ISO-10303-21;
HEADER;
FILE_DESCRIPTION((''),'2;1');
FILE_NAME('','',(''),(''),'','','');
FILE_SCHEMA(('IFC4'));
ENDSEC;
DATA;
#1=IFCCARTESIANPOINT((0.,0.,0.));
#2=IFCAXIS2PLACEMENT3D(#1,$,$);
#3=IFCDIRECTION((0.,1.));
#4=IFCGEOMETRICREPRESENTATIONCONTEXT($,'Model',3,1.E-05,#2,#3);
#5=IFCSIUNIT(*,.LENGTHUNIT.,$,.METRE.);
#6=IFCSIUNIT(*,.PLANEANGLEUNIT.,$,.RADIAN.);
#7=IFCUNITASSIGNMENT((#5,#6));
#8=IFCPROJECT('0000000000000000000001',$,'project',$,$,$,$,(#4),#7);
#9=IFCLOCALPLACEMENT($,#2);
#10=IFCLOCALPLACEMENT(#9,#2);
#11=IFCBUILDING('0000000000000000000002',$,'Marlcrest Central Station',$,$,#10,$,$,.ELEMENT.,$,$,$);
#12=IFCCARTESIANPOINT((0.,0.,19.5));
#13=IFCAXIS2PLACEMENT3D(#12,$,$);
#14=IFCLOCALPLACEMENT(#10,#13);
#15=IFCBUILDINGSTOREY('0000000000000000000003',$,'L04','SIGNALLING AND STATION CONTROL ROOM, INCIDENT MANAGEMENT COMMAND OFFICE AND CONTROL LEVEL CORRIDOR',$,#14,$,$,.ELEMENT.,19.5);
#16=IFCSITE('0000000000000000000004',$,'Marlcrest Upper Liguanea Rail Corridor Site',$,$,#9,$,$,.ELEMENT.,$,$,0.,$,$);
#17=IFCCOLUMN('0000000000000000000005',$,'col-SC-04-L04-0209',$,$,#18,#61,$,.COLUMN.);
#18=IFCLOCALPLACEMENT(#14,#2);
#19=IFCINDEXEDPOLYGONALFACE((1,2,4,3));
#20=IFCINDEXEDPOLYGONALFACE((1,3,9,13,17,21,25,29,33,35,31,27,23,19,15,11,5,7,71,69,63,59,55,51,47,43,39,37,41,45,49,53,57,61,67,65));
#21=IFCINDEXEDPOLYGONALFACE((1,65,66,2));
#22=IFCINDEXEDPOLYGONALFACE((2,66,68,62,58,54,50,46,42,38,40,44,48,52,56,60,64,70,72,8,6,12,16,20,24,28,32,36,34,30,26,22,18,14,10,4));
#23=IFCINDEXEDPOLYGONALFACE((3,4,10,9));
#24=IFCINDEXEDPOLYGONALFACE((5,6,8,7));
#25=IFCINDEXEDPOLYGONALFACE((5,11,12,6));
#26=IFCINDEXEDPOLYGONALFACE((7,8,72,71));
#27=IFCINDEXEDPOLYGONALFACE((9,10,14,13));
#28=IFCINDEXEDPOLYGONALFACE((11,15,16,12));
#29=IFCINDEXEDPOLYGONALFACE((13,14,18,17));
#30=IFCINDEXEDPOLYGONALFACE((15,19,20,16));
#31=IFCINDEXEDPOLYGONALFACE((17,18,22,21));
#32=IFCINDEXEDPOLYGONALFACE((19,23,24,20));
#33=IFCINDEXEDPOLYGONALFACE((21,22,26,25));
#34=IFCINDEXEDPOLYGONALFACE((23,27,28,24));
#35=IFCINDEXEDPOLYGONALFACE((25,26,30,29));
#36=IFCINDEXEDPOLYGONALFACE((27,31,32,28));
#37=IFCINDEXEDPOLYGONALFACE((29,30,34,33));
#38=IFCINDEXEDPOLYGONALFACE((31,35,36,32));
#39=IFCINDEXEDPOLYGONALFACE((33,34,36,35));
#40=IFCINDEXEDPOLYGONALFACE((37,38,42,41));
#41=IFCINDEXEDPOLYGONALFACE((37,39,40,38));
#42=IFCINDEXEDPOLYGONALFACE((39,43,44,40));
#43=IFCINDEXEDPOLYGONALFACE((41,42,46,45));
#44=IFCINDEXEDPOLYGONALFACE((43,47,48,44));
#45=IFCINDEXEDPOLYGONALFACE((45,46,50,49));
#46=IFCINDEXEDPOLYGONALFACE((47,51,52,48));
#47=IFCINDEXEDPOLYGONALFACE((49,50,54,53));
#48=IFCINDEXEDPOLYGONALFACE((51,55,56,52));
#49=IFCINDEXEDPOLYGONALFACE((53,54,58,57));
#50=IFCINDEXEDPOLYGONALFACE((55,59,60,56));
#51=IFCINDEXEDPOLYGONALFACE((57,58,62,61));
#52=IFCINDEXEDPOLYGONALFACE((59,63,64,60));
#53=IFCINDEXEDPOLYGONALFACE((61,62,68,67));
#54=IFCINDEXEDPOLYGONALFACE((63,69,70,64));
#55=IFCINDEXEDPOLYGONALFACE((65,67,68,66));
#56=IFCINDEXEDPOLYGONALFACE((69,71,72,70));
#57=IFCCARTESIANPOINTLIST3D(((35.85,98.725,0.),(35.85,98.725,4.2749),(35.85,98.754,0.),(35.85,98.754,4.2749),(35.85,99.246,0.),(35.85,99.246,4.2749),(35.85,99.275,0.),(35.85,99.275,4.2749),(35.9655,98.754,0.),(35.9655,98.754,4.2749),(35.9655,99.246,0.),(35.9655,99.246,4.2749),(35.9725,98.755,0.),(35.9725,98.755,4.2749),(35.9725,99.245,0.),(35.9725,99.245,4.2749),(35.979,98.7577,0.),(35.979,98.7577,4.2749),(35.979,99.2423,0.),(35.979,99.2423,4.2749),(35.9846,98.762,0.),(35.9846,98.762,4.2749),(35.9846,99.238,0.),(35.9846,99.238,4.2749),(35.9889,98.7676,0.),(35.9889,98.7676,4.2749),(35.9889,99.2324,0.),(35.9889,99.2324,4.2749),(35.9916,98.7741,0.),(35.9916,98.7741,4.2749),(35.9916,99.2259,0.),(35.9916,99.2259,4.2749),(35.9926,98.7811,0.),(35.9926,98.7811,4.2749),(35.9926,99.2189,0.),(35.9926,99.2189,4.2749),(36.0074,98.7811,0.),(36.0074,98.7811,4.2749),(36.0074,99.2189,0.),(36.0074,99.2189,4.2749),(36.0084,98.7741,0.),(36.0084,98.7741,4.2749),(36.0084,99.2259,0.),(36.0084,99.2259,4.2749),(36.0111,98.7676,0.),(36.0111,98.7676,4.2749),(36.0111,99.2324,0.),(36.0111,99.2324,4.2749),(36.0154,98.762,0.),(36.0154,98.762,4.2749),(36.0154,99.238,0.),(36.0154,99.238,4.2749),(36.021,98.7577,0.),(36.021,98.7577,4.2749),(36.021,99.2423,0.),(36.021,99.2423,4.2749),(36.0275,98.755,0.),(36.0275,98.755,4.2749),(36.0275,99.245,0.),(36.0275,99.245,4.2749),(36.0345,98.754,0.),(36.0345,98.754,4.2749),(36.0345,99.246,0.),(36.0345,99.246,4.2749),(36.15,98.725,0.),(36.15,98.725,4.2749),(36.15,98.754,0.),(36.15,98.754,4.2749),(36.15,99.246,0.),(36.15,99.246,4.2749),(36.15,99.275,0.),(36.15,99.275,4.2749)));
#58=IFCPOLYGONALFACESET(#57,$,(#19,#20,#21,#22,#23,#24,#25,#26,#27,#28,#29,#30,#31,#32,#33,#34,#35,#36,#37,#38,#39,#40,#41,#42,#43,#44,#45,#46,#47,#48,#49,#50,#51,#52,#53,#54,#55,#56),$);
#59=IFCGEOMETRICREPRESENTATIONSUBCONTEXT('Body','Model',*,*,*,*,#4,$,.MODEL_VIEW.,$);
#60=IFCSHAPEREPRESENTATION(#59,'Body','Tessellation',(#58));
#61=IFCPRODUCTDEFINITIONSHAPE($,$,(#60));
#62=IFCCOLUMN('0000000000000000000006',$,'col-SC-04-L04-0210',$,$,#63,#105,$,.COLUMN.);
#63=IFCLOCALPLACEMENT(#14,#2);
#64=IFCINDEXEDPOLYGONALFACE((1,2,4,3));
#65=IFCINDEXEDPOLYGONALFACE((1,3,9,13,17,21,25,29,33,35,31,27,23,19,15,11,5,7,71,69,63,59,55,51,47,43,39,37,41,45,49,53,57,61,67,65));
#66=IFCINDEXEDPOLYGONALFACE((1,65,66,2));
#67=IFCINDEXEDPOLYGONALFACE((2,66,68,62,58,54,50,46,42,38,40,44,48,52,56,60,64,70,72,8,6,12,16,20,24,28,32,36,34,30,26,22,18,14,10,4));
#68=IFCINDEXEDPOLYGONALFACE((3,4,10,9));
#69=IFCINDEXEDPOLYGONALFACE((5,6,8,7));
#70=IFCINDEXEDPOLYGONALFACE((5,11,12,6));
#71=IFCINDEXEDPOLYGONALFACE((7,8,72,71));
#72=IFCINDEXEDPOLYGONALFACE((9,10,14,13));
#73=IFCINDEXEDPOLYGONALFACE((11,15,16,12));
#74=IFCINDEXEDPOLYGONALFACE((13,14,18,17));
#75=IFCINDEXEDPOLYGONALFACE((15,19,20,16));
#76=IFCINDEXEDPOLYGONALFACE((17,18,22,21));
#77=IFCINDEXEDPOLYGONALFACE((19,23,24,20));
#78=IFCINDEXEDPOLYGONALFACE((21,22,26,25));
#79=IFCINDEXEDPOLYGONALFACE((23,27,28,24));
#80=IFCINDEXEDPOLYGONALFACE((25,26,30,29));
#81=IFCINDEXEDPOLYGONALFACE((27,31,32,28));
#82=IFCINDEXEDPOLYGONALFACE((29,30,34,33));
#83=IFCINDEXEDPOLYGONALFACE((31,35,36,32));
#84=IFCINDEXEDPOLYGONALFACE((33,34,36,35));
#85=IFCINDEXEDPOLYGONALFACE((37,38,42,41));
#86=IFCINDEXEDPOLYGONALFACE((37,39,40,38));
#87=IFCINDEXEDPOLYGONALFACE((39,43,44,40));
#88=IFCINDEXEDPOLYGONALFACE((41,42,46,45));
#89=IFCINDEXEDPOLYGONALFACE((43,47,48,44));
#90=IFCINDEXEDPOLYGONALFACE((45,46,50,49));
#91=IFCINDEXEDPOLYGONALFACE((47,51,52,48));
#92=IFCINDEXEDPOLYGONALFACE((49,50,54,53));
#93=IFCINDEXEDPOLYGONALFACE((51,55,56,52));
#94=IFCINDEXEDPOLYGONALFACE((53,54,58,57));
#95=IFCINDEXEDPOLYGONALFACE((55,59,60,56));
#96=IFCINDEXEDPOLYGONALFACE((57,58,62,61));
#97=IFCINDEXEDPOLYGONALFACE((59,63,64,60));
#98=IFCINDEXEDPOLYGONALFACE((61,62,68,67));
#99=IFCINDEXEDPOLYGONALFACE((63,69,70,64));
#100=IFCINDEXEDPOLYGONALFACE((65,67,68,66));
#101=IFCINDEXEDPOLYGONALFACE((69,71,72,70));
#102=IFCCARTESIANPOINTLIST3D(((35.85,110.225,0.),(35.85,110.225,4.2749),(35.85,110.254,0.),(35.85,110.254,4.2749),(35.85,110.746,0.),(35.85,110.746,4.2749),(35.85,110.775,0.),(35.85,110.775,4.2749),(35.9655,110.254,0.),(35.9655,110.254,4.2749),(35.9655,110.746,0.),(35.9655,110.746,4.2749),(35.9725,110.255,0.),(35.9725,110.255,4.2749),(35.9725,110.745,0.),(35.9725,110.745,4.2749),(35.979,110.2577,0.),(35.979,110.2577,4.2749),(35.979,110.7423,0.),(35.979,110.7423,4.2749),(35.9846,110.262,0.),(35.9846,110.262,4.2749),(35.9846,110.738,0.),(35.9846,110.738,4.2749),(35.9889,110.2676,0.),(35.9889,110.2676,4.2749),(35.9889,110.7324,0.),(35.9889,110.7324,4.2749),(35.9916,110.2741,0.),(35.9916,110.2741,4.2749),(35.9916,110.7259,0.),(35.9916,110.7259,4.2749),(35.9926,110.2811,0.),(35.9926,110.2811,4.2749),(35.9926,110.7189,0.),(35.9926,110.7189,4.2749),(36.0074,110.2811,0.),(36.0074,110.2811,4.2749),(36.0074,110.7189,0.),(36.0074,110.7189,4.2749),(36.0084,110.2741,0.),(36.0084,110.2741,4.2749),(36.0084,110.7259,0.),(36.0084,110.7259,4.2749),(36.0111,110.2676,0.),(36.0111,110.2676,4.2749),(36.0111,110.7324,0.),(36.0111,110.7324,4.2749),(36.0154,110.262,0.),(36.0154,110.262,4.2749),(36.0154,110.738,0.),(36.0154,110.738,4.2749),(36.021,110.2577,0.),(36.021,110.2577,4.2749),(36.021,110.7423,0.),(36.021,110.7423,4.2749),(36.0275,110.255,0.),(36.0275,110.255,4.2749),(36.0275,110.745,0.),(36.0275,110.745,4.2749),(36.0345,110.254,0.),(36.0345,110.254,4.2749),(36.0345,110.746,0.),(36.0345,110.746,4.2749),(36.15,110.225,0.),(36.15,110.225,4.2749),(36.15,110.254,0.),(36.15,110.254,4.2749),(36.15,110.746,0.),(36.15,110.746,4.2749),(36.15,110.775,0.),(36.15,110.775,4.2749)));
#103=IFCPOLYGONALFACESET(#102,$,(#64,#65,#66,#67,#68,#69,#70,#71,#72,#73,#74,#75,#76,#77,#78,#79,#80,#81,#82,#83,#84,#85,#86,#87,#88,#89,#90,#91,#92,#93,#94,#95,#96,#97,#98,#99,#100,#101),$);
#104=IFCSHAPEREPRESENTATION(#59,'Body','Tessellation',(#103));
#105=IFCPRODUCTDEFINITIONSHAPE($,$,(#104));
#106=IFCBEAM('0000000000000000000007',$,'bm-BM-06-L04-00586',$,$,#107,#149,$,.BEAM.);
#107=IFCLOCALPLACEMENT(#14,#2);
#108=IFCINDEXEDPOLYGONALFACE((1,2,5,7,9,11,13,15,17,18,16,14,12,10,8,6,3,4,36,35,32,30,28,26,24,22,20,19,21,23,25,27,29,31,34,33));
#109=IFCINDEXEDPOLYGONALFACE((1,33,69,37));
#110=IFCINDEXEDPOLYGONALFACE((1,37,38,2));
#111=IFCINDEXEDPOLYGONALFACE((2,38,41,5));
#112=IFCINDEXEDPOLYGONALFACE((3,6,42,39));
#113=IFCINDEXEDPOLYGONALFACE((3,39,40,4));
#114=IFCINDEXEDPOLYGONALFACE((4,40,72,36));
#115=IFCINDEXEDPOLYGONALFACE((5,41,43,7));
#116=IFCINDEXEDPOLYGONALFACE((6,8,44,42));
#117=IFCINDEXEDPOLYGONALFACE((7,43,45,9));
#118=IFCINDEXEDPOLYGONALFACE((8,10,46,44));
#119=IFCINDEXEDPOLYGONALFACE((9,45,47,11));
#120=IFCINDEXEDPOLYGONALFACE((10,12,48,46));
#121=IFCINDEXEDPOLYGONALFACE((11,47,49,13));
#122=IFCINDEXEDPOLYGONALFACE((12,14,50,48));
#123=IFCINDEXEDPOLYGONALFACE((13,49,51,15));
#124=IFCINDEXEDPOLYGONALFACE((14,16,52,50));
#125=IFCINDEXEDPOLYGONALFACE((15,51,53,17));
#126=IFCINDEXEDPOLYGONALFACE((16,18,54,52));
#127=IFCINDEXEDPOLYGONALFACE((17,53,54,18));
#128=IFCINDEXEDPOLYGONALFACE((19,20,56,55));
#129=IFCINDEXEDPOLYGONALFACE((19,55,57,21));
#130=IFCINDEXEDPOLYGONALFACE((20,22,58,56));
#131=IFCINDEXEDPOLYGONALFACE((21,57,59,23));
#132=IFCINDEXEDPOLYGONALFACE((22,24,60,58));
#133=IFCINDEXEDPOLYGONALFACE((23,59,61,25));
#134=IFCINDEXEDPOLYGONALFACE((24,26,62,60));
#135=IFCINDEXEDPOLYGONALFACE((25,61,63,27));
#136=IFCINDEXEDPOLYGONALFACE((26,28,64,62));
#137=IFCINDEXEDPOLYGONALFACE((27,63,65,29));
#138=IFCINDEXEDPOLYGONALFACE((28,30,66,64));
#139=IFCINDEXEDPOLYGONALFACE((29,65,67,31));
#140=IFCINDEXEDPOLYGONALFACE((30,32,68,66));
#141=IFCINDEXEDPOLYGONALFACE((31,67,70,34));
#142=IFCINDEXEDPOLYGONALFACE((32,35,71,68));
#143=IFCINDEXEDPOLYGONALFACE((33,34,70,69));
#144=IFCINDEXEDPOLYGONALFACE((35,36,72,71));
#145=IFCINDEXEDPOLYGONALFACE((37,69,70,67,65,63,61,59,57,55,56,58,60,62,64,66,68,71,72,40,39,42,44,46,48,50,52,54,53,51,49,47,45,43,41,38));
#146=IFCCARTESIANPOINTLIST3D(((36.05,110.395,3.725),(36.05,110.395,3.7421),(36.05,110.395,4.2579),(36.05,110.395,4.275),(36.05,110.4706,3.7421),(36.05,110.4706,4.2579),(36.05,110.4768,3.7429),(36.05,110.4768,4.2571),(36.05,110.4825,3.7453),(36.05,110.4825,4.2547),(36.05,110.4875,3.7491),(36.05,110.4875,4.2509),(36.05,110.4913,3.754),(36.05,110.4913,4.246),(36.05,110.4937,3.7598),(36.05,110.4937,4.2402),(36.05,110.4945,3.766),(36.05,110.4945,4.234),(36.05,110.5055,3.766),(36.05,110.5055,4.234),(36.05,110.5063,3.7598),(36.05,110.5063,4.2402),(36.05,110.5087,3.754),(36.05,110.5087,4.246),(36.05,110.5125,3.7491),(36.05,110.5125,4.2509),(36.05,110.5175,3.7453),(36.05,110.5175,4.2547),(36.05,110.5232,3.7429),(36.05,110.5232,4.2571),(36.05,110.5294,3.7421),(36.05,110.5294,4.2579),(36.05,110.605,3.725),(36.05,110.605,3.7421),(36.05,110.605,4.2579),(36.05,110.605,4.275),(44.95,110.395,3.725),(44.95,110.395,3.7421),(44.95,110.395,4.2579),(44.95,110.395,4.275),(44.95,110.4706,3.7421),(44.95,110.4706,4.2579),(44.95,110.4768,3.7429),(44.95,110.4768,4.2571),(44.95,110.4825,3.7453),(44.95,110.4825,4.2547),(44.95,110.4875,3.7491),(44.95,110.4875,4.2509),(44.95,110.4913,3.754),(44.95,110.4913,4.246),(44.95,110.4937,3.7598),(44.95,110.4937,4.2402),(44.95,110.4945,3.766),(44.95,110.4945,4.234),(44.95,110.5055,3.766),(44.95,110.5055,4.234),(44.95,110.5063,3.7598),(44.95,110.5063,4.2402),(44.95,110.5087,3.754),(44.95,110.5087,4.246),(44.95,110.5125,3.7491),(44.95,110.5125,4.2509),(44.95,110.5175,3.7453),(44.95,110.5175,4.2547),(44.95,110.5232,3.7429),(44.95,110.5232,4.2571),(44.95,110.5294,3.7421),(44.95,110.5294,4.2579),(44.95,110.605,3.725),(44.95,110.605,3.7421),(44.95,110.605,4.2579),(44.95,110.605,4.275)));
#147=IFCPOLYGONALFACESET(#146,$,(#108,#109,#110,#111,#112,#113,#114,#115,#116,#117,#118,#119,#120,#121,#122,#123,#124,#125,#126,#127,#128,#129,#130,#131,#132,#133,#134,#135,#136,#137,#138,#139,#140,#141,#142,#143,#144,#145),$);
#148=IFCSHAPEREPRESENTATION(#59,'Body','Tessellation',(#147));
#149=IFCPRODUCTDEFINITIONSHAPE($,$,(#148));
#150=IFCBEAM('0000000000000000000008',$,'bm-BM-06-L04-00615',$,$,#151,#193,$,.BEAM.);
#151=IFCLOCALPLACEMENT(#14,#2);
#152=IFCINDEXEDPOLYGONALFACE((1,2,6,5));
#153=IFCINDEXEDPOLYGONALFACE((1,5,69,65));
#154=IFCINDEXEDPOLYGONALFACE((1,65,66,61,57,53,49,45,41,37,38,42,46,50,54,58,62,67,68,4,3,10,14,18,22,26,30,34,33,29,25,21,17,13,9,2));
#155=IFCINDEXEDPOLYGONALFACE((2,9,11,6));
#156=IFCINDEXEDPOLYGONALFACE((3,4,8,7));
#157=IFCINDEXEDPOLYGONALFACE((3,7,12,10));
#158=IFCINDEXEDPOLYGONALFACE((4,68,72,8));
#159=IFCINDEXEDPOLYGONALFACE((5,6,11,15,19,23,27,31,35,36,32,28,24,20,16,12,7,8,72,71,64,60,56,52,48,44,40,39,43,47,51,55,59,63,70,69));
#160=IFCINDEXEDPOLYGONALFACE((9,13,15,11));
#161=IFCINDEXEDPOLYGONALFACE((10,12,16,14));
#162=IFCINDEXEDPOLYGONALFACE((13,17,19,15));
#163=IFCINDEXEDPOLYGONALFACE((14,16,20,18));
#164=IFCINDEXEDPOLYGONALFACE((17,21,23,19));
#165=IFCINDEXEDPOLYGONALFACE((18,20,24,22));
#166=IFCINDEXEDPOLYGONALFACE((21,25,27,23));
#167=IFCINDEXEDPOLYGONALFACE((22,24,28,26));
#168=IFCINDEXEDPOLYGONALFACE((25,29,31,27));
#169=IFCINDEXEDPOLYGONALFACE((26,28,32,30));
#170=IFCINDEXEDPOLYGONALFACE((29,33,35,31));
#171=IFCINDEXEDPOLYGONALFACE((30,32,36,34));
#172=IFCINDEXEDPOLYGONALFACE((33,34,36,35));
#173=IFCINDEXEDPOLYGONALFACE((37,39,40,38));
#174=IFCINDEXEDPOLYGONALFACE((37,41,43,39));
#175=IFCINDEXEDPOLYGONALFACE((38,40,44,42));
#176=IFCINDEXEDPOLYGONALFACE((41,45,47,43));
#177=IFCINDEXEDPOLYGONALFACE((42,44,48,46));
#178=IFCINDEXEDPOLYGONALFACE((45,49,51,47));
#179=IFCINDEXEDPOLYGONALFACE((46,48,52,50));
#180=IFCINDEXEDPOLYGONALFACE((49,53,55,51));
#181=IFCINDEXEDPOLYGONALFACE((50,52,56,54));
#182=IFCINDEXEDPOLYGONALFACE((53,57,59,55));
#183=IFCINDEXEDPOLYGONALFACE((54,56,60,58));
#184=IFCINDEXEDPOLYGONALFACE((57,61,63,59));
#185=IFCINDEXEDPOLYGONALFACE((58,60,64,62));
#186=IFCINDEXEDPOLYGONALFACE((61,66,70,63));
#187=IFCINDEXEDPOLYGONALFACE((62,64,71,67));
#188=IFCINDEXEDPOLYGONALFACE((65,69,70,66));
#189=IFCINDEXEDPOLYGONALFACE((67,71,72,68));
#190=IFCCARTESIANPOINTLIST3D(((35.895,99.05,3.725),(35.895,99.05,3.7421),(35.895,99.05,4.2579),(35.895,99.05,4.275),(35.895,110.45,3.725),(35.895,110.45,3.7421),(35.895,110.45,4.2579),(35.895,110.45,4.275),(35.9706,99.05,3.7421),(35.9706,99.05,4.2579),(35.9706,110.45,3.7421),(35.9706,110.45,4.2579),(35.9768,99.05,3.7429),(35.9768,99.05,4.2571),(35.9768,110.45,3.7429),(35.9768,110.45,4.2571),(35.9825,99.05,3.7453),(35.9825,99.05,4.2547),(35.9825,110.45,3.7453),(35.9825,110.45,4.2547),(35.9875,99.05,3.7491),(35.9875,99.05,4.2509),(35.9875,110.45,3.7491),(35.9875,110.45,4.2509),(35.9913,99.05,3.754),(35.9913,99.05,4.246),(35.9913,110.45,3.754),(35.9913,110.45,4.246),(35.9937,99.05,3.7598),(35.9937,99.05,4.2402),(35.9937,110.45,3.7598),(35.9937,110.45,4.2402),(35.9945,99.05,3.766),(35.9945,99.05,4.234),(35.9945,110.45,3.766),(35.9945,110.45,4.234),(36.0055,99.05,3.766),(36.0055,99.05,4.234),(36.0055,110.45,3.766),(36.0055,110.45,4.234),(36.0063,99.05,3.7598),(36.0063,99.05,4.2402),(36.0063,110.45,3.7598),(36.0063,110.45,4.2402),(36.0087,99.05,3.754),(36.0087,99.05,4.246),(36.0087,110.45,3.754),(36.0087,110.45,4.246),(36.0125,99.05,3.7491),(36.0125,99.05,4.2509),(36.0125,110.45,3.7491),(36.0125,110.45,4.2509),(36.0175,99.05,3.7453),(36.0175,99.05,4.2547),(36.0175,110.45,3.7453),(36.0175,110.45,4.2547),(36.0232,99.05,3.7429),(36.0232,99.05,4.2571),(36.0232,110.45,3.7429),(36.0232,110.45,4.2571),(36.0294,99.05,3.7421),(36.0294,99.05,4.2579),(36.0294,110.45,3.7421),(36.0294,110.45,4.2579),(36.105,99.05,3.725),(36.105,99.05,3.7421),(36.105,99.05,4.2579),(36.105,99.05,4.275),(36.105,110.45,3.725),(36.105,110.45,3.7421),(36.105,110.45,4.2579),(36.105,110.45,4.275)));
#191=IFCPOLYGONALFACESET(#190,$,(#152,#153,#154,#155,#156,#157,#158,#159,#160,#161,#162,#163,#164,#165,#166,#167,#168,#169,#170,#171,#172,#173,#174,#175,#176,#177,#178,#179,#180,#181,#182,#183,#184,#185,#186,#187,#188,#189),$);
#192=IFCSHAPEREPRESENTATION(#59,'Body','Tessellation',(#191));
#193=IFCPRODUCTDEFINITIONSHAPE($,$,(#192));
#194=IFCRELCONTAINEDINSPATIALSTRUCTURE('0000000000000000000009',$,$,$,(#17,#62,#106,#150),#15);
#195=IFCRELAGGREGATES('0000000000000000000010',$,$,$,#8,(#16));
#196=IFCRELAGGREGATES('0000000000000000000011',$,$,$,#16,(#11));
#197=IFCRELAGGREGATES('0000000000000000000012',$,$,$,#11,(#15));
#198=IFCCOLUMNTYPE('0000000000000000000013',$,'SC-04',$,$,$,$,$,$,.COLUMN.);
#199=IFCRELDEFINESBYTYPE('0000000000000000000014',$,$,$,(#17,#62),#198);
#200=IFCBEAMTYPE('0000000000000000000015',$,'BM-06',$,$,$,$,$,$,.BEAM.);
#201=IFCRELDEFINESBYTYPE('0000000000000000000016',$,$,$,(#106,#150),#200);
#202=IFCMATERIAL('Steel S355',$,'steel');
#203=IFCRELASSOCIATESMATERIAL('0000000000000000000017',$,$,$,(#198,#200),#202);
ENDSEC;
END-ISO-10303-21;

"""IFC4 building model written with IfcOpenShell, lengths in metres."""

from ifc_helpers import new_model, si_unit, direction, frame, origin, origin_2d, place, context, subcontext, project, spatial, i_section, extrude, material, material_profile, profile_set, type_object, element, save


model = new_model("IFC4")

# Units and contexts
model_context = context("Model", 3, precision=1e-05, world=origin(), true_north=direction((0.0, 1.0)))
body_context = subcontext(model_context, "Body", "Model", "MODEL_VIEW")
ifc_project = project(units=[si_unit("LENGTHUNIT", "METRE"), si_unit("PLANEANGLEUNIT", "RADIAN")], contexts=[model_context])

# Site, building, storey
site_placement = place(None, origin())
site = spatial("IfcSite", under=ifc_project, at=site_placement, Name="Marlcrest Upper Liguanea Rail Corridor Site", CompositionType="ELEMENT", RefElevation=0.0)
building_placement = place(site_placement, origin())
building = spatial("IfcBuilding", under=site, at=building_placement, Name="Marlcrest Central Station", CompositionType="ELEMENT")
storey_placement = place(building_placement, frame((0.0, 0.0, 19.5)))
storey = spatial("IfcBuildingStorey", under=building, at=storey_placement, Name="L04", Description="SIGNALLING AND STATION CONTROL ROOM, INCIDENT MANAGEMENT COMMAND OFFICE AND CONTROL LEVEL CORRIDOR", CompositionType="ELEMENT", Elevation=19.5)

# Columns
ifc_material_1 = material(Name="Steel S355", Category="steel")
ifc_material_profile_1 = material_profile(ifc_material_1, i_section(OverallWidth=0.3, OverallDepth=0.55, WebThickness=0.0149, FlangeThickness=0.0291, FilletRadius=0.0271, at=origin_2d()), Name="HEB 550")
ifc_profile_set_1 = profile_set([ifc_material_profile_1], Name="Steel S355")
column_type = type_object("IfcColumnType", Name="SC-04", PredefinedType="COLUMN", material=ifc_profile_set_1)
for number, where, z_axis, x_axis, name in (
    (1, (36.0, 99.0, 0.0), (0.0, 0.0, 1.0), (1.0, 0.0, 0.0), "col-SC-04-L04-0209"),
    (2, (36.0, 110.5, 0.0), (0.0, 0.0, 1.0), (1.0, 0.0, 0.0), "col-SC-04-L04-0210"),
):
    element("IfcColumn", number, at=place(storey_placement, frame(where, z_axis=z_axis, x_axis=x_axis)), inside=storey, type_object=column_type, Name=name, PredefinedType="COLUMN", context=body_context, shape_type="SweptSolid", body=[
        extrude(i_section(OverallWidth=0.3, OverallDepth=0.55, WebThickness=0.0149, FlangeThickness=0.0291, FilletRadius=0.0271, at=origin_2d()), origin(), (0.0, 0.0, 1.0), 4.2749),
    ])

# Beams
ifc_material_profile_2 = material_profile(ifc_material_1, i_section(OverallWidth=0.21, OverallDepth=0.55, WebThickness=0.011, FlangeThickness=0.0171, FilletRadius=0.0239, at=origin_2d()), Name="IPE 550")
ifc_profile_set_2 = profile_set([ifc_material_profile_2], Name="Steel S355")
beam_type_1 = type_object("IfcBeamType", Name="BM-06", PredefinedType="BEAM", material=ifc_profile_set_2)
beam_1_placement = place(storey_placement, frame((36.05, 110.5, 4.0), z_axis=(1.0, 0.0, 0.0), x_axis=(0.0, 1.0, 0.0)))
element("IfcBeam", 3, at=beam_1_placement, inside=storey, type_object=beam_type_1, Name="bm-BM-06-L04-00586", PredefinedType="BEAM", context=body_context, shape_type="SweptSolid", body=[
    extrude(i_section(OverallWidth=0.21, OverallDepth=0.55, WebThickness=0.011, FlangeThickness=0.0171, FilletRadius=0.0239, at=origin_2d()), origin(), (0.0, 0.0, 1.0), 8.8999),
])
beam_2_placement = place(storey_placement, frame((36.0, 99.05, 4.0), z_axis=(0.0, 1.0, 0.0), x_axis=(-1.0, 0.0, 0.0)))
element("IfcBeam", 4, at=beam_2_placement, inside=storey, type_object=beam_type_1, Name="bm-BM-06-L04-00615", PredefinedType="BEAM", context=body_context, shape_type="SweptSolid", body=[
    extrude(i_section(OverallWidth=0.21, OverallDepth=0.55, WebThickness=0.011, FlangeThickness=0.0171, FilletRadius=0.0239, at=origin_2d()), origin(), (0.0, 0.0, 1.0), 11.3999),
])

save(model, "model.ifc")
